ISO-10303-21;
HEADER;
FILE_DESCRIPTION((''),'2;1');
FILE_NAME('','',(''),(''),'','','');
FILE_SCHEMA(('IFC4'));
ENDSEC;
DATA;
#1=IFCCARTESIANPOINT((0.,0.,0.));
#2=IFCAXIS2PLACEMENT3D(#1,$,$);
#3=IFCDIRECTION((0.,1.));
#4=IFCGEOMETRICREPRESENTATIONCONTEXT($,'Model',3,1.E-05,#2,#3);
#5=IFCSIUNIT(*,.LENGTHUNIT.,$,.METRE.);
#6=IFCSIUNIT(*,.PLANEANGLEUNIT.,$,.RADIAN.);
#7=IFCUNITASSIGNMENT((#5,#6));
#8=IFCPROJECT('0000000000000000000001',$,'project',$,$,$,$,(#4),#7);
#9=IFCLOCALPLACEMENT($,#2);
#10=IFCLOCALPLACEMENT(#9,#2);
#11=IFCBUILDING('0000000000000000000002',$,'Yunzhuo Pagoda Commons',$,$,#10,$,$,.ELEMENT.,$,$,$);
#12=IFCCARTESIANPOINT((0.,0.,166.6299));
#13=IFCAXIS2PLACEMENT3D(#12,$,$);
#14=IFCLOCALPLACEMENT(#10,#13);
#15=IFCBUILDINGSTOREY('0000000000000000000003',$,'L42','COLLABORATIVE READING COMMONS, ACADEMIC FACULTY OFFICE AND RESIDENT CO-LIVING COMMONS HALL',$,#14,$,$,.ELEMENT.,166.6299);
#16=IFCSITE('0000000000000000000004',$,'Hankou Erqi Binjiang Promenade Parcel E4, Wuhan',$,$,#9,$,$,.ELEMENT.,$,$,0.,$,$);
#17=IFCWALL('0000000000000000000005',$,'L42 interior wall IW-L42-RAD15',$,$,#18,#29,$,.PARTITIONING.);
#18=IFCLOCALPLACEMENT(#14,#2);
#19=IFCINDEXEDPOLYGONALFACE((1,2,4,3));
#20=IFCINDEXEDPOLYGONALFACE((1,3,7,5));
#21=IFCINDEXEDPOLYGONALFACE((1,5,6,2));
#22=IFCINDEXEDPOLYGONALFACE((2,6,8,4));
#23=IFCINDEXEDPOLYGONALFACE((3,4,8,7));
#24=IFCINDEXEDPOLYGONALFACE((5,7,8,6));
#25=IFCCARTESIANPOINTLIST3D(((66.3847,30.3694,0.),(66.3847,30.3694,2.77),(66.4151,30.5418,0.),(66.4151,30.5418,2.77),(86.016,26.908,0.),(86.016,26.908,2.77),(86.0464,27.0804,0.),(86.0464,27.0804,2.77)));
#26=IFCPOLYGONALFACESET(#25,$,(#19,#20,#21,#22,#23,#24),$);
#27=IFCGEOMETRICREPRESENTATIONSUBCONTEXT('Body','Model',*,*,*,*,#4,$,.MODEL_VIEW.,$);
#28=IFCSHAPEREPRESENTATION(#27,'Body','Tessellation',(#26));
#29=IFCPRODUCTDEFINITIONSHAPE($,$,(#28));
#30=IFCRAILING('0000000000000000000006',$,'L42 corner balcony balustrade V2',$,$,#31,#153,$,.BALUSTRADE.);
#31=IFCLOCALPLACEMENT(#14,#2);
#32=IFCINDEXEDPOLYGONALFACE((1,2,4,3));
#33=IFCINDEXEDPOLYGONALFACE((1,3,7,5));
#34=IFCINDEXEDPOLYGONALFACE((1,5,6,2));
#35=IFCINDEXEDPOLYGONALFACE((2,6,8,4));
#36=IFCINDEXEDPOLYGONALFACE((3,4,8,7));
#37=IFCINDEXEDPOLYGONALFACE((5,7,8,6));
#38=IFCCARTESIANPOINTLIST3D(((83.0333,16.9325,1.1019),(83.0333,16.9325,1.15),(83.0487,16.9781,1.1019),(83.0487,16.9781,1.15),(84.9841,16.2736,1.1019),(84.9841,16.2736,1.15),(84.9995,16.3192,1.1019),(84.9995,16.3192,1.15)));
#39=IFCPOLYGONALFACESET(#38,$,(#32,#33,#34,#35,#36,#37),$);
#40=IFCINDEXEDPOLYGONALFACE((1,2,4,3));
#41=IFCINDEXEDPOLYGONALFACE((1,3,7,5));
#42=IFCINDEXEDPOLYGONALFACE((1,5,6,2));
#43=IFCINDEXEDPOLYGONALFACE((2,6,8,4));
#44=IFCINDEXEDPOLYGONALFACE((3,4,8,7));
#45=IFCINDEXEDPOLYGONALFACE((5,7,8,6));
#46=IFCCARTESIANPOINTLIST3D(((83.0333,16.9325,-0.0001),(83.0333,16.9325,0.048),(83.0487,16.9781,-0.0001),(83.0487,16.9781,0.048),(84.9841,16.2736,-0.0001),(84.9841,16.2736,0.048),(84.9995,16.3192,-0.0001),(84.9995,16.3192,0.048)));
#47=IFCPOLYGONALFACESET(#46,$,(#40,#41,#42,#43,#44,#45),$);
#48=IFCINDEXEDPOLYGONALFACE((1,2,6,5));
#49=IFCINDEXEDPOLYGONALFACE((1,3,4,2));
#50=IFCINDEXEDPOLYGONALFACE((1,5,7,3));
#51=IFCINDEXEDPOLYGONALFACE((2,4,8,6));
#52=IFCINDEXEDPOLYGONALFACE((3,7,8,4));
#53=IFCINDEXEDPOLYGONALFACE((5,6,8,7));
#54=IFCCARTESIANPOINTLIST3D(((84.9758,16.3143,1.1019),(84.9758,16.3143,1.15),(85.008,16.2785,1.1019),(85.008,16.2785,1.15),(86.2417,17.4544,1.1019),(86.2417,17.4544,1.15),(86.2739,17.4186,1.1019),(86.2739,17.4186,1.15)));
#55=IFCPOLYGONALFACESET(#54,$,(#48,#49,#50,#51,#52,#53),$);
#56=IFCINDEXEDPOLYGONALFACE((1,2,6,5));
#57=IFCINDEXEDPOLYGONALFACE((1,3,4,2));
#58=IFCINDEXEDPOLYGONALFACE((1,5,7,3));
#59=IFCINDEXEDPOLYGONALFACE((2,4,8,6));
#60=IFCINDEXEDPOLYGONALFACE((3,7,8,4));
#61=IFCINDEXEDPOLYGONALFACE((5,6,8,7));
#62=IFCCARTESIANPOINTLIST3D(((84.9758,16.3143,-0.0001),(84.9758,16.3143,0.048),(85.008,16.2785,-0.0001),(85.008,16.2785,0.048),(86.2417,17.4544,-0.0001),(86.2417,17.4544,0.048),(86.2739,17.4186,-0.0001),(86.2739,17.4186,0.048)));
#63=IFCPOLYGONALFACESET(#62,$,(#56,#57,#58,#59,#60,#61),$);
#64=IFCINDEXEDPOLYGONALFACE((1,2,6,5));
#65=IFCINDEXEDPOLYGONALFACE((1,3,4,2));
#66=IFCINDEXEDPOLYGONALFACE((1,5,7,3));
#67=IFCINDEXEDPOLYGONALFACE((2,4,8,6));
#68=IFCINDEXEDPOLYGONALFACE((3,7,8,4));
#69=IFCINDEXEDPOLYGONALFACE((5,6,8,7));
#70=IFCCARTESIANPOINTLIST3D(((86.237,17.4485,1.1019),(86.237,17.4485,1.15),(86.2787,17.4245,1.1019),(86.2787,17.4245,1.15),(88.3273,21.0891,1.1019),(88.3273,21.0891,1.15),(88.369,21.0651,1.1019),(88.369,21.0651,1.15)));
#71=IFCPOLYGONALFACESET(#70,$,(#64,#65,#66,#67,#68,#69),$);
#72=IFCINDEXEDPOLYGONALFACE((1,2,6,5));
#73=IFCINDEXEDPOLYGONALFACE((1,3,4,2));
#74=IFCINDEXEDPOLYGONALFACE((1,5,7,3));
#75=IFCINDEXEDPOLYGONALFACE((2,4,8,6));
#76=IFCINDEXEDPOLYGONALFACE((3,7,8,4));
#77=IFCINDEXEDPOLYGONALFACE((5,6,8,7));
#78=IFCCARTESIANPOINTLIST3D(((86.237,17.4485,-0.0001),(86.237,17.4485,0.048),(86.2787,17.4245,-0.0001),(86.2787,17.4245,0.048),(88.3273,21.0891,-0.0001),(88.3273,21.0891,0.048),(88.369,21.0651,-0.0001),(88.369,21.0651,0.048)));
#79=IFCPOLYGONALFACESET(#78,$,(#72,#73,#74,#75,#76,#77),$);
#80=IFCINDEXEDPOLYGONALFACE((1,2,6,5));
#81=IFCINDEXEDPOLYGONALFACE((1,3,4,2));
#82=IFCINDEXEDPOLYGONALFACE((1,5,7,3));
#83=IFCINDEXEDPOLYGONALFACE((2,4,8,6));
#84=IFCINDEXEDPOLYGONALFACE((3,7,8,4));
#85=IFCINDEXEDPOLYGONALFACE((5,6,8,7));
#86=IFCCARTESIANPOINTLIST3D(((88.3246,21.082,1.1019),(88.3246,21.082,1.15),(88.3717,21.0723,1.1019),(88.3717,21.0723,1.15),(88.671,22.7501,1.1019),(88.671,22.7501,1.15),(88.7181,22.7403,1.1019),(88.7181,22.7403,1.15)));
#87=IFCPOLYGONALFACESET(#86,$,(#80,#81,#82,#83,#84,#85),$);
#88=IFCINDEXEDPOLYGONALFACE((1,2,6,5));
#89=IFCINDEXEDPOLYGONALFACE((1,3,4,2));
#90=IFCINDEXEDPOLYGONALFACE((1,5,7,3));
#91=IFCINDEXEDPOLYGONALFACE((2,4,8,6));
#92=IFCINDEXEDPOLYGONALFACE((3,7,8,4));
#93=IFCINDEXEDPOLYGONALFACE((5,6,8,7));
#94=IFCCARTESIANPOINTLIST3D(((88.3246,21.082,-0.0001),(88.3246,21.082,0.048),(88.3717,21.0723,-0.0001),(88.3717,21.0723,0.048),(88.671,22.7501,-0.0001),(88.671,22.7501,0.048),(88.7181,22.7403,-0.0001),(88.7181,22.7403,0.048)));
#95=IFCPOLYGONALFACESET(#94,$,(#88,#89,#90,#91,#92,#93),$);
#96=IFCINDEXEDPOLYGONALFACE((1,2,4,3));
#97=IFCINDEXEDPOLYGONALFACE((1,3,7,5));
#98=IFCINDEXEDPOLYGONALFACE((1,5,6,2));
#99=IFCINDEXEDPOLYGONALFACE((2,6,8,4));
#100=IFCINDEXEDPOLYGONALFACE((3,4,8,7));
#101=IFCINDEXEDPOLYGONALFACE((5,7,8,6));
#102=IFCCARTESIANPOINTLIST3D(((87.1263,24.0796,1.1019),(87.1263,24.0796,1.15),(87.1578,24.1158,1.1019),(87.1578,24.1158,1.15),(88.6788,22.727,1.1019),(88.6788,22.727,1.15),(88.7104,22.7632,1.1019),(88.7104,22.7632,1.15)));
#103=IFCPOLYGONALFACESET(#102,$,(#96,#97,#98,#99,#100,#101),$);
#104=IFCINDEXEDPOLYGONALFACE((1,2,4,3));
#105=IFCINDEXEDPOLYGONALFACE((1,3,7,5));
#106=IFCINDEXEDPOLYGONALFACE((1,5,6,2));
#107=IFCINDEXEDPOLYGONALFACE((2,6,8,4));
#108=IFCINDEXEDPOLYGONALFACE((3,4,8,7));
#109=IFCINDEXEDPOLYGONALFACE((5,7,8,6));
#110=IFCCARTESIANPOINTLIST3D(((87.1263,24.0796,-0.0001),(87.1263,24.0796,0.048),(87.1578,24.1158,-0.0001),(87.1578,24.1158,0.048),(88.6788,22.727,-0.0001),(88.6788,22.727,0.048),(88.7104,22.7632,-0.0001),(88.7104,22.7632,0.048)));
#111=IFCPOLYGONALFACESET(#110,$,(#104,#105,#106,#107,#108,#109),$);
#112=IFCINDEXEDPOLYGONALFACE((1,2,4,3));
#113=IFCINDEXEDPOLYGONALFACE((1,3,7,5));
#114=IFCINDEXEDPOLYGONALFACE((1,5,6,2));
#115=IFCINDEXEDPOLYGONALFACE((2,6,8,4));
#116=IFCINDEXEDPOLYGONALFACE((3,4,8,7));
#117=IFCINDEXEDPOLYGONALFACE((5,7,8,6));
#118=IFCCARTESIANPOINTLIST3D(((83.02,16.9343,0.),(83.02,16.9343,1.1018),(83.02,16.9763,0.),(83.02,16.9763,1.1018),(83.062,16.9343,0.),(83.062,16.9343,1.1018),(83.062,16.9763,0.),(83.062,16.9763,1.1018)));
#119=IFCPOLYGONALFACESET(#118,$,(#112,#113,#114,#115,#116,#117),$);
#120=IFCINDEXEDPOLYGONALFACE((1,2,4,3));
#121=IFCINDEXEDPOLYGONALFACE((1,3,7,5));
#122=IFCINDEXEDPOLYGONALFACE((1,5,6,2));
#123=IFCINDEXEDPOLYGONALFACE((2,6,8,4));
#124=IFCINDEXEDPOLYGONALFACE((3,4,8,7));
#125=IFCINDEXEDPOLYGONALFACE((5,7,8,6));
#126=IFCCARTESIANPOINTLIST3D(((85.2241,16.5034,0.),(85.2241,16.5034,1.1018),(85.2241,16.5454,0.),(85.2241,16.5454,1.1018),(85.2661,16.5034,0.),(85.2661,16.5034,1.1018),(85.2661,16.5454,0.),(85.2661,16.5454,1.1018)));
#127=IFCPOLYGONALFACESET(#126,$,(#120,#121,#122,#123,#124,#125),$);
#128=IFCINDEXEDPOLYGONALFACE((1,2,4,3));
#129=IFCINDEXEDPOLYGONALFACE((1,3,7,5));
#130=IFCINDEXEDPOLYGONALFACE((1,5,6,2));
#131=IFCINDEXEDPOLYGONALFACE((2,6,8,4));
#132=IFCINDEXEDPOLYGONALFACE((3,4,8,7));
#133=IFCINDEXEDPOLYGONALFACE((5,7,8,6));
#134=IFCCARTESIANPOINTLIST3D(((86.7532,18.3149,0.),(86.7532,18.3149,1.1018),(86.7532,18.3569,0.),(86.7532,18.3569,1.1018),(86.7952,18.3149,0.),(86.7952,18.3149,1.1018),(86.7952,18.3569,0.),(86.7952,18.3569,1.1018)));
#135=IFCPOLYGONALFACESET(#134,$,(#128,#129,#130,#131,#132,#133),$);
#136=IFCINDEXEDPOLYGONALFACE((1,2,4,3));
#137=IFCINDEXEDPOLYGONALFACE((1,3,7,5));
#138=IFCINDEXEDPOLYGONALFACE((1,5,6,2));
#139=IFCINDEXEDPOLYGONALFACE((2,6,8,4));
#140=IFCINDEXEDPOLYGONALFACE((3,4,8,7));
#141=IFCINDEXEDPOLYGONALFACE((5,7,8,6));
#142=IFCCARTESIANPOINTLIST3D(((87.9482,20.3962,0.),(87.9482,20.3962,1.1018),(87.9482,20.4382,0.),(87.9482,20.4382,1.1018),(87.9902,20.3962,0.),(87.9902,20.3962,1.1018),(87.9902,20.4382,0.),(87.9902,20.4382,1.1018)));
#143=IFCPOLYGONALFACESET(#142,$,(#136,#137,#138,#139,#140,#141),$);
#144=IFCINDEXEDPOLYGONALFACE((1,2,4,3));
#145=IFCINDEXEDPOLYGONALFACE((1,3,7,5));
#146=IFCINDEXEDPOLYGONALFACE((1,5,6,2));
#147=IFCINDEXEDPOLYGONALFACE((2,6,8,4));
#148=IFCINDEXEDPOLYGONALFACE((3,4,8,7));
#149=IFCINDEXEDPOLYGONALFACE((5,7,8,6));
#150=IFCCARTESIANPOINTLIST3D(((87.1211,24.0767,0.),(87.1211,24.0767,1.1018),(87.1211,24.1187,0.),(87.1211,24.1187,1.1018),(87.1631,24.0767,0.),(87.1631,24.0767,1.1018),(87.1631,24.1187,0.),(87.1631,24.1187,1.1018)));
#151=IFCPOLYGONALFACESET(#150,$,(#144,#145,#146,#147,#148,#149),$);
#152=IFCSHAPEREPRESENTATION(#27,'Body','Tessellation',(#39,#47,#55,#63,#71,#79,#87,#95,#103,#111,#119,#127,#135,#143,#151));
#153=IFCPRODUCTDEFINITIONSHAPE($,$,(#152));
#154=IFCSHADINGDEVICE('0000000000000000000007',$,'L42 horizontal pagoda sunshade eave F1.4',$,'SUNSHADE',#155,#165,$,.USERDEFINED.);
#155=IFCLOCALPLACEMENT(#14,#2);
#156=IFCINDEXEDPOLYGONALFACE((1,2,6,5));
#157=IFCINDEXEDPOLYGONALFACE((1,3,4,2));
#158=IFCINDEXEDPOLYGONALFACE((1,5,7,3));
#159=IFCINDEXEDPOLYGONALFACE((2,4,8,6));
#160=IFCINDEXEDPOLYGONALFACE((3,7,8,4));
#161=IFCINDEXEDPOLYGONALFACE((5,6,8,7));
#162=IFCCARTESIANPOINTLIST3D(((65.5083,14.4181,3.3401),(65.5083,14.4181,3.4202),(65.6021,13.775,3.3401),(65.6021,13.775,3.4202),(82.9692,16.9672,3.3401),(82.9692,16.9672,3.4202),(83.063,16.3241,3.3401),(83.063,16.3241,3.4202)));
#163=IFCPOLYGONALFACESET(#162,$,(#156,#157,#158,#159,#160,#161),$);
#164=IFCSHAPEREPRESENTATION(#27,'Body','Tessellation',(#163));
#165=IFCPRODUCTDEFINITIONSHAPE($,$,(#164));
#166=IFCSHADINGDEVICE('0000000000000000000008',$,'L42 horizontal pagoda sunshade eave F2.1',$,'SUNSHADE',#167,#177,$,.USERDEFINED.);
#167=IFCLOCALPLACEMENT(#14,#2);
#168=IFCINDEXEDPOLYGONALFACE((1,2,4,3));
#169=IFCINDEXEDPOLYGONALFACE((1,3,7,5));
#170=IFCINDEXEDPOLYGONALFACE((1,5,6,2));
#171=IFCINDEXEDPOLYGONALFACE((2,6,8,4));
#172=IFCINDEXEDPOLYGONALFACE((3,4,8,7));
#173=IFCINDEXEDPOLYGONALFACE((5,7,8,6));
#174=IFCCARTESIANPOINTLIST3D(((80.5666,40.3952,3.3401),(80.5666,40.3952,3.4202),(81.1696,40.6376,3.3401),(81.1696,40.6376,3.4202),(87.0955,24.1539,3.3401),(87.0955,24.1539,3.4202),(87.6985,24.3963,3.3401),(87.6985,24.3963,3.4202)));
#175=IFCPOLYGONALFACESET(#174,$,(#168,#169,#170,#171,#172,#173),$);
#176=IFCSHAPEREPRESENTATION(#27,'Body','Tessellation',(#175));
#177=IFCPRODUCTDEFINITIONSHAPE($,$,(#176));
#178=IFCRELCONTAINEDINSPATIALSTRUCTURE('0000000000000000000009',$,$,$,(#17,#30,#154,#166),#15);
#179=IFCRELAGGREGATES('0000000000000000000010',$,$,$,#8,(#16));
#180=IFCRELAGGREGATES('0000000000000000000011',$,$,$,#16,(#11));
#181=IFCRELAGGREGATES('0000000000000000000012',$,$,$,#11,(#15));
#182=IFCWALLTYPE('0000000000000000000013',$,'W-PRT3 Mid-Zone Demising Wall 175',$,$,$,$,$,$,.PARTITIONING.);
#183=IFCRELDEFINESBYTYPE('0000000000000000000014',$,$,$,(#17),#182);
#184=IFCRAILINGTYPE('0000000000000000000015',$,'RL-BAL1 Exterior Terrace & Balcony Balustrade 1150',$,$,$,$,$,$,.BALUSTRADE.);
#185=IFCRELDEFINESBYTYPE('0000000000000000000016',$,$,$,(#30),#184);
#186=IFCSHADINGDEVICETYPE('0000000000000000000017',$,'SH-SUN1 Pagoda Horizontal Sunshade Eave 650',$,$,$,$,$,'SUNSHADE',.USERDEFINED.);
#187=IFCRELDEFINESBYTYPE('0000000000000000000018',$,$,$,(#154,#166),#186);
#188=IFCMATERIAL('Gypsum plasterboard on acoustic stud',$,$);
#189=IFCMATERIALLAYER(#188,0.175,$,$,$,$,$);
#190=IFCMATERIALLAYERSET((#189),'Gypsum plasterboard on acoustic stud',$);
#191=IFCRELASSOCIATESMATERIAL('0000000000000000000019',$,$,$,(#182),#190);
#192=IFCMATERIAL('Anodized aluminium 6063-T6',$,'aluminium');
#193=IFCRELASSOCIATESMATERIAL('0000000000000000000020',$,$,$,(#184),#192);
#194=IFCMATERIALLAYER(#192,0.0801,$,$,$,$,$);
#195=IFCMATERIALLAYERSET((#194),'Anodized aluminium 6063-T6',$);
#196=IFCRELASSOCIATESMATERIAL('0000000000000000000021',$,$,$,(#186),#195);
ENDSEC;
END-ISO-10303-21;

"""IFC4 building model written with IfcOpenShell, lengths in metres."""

from ifc_helpers import new_model, si_unit, direction, frame, frame_2d, origin, origin_2d, place, context, subcontext, project, spatial, rectangle, extrude, source, transform, mapped, material, layer, layer_set, type_object, element, save


model = new_model("IFC4")

# Units and contexts
model_context = context("Model", 3, precision=1e-05, world=origin(), true_north=direction((0.0, 1.0)))
body_context = subcontext(model_context, "Body", "Model", "MODEL_VIEW")
ifc_project = project(units=[si_unit("LENGTHUNIT", "METRE"), si_unit("PLANEANGLEUNIT", "RADIAN")], contexts=[model_context])

# Site, building, storey
site_placement = place(None, origin())
site = spatial("IfcSite", under=ifc_project, at=site_placement, Name="Hankou Erqi Binjiang Promenade Parcel E4, Wuhan", CompositionType="ELEMENT", RefElevation=0.0)
building_placement = place(site_placement, origin())
building = spatial("IfcBuilding", under=site, at=building_placement, Name="Yunzhuo Pagoda Commons", CompositionType="ELEMENT")
storey_placement = place(building_placement, frame((0.0, 0.0, 166.6299)))
storey = spatial("IfcBuildingStorey", under=building, at=storey_placement, Name="L42", Description="COLLABORATIVE READING COMMONS, ACADEMIC FACULTY OFFICE AND RESIDENT CO-LIVING COMMONS HALL", CompositionType="ELEMENT", Elevation=166.6299)

# Shared definitions
ifc_material_1 = material(Name="Anodized aluminium 6063-T6", Category="aluminium")

# Wall
ifc_material_2 = material(Name="Gypsum plasterboard on acoustic stud")
ifc_layer_1 = layer(ifc_material_2, 0.175)
ifc_layer_set_1 = layer_set([ifc_layer_1], Name="Gypsum plasterboard on acoustic stud")
wall_type_1 = type_object("IfcWallType", Name="W-PRT3 Mid-Zone Demising Wall 175", PredefinedType="PARTITIONING", material=ifc_layer_set_1)
wall_1_placement = place(storey_placement, frame((66.3999, 30.4556, 0.0), z_axis=(0.0, 0.0, 1.0), x_axis=(0.984809, -0.173643, 0.0)))
element("IfcWall", 1, at=wall_1_placement, inside=storey, type_object=wall_type_1, Name="L42 interior wall IW-L42-RAD15", PredefinedType="PARTITIONING", context=body_context, shape_type="SweptSolid", body=[
    extrude(rectangle(XDim=19.9341, YDim=0.175, at=frame_2d((9.967, 0.0))), origin(), (0.0, 0.0, 1.0), 2.77),
])

# Railing
railing_type = type_object("IfcRailingType", Name="RL-BAL1 Exterior Terrace & Balcony Balustrade 1150", PredefinedType="BALUSTRADE", material=ifc_material_1)
railing_placement = place(storey_placement, frame((83.041, 16.9553, 0.0)))
element("IfcRailing", 2, at=railing_placement, inside=storey, type_object=railing_type, Name="L42 corner balcony balustrade V2", PredefinedType="BALUSTRADE", context=body_context, shape_type="SweptSolid", body=[
    extrude(rectangle(XDim=0.0481, YDim=0.0481, at=origin_2d()), frame((0.0, 0.0, 1.126), z_axis=(0.947419, -0.319996, 0.0), x_axis=(0.319996, 0.947419, 0.0)), (0.0, 0.0, 1.0), 2.0591),
    extrude(rectangle(XDim=0.0481, YDim=0.0481, at=origin_2d()), frame((0.0, 0.0, 0.0239), z_axis=(0.947419, -0.319996, 0.0), x_axis=(0.319996, 0.947419, 0.0)), (0.0, 0.0, 1.0), 2.0591),
    extrude(rectangle(XDim=0.0481, YDim=0.0481, at=origin_2d()), frame((1.9509, -0.6589, 1.126), z_axis=(0.743045, 0.669242, 0.0), x_axis=(-0.669242, 0.743045, 0.0)), (0.0, 0.0, 1.0), 1.7036),
    extrude(rectangle(XDim=0.0481, YDim=0.0481, at=origin_2d()), frame((1.9509, -0.6589, 0.0239), z_axis=(0.743045, 0.669242, 0.0), x_axis=(-0.669242, 0.743045, 0.0)), (0.0, 0.0, 1.0), 1.7036),
    extrude(rectangle(XDim=0.0481, YDim=0.0481, at=origin_2d()), frame((3.2168, 0.4812, 1.126), z_axis=(0.497929, 0.867218, 0.0), x_axis=(-0.867218, 0.497929, 0.0)), (0.0, 0.0, 1.0), 4.198),
    extrude(rectangle(XDim=0.0481, YDim=0.0481, at=origin_2d()), frame((3.2168, 0.4812, 0.0239), z_axis=(0.497929, 0.867218, 0.0), x_axis=(-0.867218, 0.497929, 0.0)), (0.0, 0.0, 1.0), 4.198),
    extrude(rectangle(XDim=0.0481, YDim=0.0481, at=origin_2d()), frame((5.3071, 4.1218, 1.126), z_axis=(0.203359, 0.979104, 0.0), x_axis=(-0.979104, 0.203359, 0.0)), (0.0, 0.0, 1.0), 1.7036),
    extrude(rectangle(XDim=0.0481, YDim=0.0481, at=origin_2d()), frame((5.3071, 4.1218, 0.0239), z_axis=(0.203359, 0.979104, 0.0), x_axis=(-0.979104, 0.203359, 0.0)), (0.0, 0.0, 1.0), 1.7036),
    extrude(rectangle(XDim=0.0481, YDim=0.0481, at=origin_2d()), frame((5.6536, 5.7898, 1.126), z_axis=(-0.753993, 0.656883, 0.0), x_axis=(-0.656883, -0.753993, 0.0)), (0.0, 0.0, 1.0), 2.0591),
    extrude(rectangle(XDim=0.0481, YDim=0.0481, at=origin_2d()), frame((5.6536, 5.7898, 0.0239), z_axis=(-0.753993, 0.656883, 0.0), x_axis=(-0.656883, -0.753993, 0.0)), (0.0, 0.0, 1.0), 2.0591),
    extrude(rectangle(XDim=0.042, YDim=0.042, at=origin_2d()), origin(), (0.0, 0.0, 1.0), 1.1018),
    extrude(rectangle(XDim=0.042, YDim=0.042, at=origin_2d()), frame((2.2041, -0.4309, 0.0)), (0.0, 0.0, 1.0), 1.1018),
    extrude(rectangle(XDim=0.042, YDim=0.042, at=origin_2d()), frame((3.7332, 1.3806, 0.0)), (0.0, 0.0, 1.0), 1.1018),
    extrude(rectangle(XDim=0.042, YDim=0.042, at=origin_2d()), frame((4.9282, 3.4619, 0.0)), (0.0, 0.0, 1.0), 1.1018),
    extrude(rectangle(XDim=0.042, YDim=0.042, at=origin_2d()), frame((4.1011, 7.1423, 0.0)), (0.0, 0.0, 1.0), 1.1018),
])

# Shading devices
ifc_layer_2 = layer(ifc_material_1, 0.0801)
ifc_layer_set_2 = layer_set([ifc_layer_2], Name="Anodized aluminium 6063-T6")
shading_device_type = type_object("IfcShadingDeviceType", Name="SH-SUN1 Pagoda Horizontal Sunshade Eave 650", ElementType="SUNSHADE", PredefinedType="USERDEFINED", material=ifc_layer_set_2)
shared_shape_1 = source(origin(), body_context, "Body", "SweptSolid", [
    extrude(rectangle(XDim=17.646, YDim=0.6499, at=origin_2d()), origin(), (0.0, 0.0, 1.0), 0.0801),
])
shading_device_1_placement = place(storey_placement, frame((74.2856, 15.3711, 3.3401), z_axis=(0.0, 0.0, 1.0), x_axis=(0.989511, 0.14446, 0.0)))
element("IfcShadingDevice", 3, at=shading_device_1_placement, inside=storey, type_object=shading_device_type, Name="L42 horizontal pagoda sunshade eave F1.4", ObjectType="SUNSHADE", PredefinedType="USERDEFINED", context=body_context, shape_type="MappedRepresentation", body=[
    mapped(shared_shape_1, transform((0.0, 0.0, 0.0), scale=1.0)),
])
shared_shape_2 = source(origin(), body_context, "Body", "SweptSolid", [
    extrude(rectangle(XDim=17.5044, YDim=0.6499, at=origin_2d()), origin(), (0.0, 0.0, 1.0), 0.0801),
])
shading_device_2_placement = place(storey_placement, frame((84.1326, 32.3958, 3.3401), z_axis=(0.0, 0.0, 1.0), x_axis=(-0.372988, 0.927836, 0.0)))
element("IfcShadingDevice", 4, at=shading_device_2_placement, inside=storey, type_object=shading_device_type, Name="L42 horizontal pagoda sunshade eave F2.1", ObjectType="SUNSHADE", PredefinedType="USERDEFINED", context=body_context, shape_type="MappedRepresentation", body=[
    mapped(shared_shape_2, transform((0.0, 0.0, 0.0), scale=1.0)),
])

save(model, "model.ifc")
